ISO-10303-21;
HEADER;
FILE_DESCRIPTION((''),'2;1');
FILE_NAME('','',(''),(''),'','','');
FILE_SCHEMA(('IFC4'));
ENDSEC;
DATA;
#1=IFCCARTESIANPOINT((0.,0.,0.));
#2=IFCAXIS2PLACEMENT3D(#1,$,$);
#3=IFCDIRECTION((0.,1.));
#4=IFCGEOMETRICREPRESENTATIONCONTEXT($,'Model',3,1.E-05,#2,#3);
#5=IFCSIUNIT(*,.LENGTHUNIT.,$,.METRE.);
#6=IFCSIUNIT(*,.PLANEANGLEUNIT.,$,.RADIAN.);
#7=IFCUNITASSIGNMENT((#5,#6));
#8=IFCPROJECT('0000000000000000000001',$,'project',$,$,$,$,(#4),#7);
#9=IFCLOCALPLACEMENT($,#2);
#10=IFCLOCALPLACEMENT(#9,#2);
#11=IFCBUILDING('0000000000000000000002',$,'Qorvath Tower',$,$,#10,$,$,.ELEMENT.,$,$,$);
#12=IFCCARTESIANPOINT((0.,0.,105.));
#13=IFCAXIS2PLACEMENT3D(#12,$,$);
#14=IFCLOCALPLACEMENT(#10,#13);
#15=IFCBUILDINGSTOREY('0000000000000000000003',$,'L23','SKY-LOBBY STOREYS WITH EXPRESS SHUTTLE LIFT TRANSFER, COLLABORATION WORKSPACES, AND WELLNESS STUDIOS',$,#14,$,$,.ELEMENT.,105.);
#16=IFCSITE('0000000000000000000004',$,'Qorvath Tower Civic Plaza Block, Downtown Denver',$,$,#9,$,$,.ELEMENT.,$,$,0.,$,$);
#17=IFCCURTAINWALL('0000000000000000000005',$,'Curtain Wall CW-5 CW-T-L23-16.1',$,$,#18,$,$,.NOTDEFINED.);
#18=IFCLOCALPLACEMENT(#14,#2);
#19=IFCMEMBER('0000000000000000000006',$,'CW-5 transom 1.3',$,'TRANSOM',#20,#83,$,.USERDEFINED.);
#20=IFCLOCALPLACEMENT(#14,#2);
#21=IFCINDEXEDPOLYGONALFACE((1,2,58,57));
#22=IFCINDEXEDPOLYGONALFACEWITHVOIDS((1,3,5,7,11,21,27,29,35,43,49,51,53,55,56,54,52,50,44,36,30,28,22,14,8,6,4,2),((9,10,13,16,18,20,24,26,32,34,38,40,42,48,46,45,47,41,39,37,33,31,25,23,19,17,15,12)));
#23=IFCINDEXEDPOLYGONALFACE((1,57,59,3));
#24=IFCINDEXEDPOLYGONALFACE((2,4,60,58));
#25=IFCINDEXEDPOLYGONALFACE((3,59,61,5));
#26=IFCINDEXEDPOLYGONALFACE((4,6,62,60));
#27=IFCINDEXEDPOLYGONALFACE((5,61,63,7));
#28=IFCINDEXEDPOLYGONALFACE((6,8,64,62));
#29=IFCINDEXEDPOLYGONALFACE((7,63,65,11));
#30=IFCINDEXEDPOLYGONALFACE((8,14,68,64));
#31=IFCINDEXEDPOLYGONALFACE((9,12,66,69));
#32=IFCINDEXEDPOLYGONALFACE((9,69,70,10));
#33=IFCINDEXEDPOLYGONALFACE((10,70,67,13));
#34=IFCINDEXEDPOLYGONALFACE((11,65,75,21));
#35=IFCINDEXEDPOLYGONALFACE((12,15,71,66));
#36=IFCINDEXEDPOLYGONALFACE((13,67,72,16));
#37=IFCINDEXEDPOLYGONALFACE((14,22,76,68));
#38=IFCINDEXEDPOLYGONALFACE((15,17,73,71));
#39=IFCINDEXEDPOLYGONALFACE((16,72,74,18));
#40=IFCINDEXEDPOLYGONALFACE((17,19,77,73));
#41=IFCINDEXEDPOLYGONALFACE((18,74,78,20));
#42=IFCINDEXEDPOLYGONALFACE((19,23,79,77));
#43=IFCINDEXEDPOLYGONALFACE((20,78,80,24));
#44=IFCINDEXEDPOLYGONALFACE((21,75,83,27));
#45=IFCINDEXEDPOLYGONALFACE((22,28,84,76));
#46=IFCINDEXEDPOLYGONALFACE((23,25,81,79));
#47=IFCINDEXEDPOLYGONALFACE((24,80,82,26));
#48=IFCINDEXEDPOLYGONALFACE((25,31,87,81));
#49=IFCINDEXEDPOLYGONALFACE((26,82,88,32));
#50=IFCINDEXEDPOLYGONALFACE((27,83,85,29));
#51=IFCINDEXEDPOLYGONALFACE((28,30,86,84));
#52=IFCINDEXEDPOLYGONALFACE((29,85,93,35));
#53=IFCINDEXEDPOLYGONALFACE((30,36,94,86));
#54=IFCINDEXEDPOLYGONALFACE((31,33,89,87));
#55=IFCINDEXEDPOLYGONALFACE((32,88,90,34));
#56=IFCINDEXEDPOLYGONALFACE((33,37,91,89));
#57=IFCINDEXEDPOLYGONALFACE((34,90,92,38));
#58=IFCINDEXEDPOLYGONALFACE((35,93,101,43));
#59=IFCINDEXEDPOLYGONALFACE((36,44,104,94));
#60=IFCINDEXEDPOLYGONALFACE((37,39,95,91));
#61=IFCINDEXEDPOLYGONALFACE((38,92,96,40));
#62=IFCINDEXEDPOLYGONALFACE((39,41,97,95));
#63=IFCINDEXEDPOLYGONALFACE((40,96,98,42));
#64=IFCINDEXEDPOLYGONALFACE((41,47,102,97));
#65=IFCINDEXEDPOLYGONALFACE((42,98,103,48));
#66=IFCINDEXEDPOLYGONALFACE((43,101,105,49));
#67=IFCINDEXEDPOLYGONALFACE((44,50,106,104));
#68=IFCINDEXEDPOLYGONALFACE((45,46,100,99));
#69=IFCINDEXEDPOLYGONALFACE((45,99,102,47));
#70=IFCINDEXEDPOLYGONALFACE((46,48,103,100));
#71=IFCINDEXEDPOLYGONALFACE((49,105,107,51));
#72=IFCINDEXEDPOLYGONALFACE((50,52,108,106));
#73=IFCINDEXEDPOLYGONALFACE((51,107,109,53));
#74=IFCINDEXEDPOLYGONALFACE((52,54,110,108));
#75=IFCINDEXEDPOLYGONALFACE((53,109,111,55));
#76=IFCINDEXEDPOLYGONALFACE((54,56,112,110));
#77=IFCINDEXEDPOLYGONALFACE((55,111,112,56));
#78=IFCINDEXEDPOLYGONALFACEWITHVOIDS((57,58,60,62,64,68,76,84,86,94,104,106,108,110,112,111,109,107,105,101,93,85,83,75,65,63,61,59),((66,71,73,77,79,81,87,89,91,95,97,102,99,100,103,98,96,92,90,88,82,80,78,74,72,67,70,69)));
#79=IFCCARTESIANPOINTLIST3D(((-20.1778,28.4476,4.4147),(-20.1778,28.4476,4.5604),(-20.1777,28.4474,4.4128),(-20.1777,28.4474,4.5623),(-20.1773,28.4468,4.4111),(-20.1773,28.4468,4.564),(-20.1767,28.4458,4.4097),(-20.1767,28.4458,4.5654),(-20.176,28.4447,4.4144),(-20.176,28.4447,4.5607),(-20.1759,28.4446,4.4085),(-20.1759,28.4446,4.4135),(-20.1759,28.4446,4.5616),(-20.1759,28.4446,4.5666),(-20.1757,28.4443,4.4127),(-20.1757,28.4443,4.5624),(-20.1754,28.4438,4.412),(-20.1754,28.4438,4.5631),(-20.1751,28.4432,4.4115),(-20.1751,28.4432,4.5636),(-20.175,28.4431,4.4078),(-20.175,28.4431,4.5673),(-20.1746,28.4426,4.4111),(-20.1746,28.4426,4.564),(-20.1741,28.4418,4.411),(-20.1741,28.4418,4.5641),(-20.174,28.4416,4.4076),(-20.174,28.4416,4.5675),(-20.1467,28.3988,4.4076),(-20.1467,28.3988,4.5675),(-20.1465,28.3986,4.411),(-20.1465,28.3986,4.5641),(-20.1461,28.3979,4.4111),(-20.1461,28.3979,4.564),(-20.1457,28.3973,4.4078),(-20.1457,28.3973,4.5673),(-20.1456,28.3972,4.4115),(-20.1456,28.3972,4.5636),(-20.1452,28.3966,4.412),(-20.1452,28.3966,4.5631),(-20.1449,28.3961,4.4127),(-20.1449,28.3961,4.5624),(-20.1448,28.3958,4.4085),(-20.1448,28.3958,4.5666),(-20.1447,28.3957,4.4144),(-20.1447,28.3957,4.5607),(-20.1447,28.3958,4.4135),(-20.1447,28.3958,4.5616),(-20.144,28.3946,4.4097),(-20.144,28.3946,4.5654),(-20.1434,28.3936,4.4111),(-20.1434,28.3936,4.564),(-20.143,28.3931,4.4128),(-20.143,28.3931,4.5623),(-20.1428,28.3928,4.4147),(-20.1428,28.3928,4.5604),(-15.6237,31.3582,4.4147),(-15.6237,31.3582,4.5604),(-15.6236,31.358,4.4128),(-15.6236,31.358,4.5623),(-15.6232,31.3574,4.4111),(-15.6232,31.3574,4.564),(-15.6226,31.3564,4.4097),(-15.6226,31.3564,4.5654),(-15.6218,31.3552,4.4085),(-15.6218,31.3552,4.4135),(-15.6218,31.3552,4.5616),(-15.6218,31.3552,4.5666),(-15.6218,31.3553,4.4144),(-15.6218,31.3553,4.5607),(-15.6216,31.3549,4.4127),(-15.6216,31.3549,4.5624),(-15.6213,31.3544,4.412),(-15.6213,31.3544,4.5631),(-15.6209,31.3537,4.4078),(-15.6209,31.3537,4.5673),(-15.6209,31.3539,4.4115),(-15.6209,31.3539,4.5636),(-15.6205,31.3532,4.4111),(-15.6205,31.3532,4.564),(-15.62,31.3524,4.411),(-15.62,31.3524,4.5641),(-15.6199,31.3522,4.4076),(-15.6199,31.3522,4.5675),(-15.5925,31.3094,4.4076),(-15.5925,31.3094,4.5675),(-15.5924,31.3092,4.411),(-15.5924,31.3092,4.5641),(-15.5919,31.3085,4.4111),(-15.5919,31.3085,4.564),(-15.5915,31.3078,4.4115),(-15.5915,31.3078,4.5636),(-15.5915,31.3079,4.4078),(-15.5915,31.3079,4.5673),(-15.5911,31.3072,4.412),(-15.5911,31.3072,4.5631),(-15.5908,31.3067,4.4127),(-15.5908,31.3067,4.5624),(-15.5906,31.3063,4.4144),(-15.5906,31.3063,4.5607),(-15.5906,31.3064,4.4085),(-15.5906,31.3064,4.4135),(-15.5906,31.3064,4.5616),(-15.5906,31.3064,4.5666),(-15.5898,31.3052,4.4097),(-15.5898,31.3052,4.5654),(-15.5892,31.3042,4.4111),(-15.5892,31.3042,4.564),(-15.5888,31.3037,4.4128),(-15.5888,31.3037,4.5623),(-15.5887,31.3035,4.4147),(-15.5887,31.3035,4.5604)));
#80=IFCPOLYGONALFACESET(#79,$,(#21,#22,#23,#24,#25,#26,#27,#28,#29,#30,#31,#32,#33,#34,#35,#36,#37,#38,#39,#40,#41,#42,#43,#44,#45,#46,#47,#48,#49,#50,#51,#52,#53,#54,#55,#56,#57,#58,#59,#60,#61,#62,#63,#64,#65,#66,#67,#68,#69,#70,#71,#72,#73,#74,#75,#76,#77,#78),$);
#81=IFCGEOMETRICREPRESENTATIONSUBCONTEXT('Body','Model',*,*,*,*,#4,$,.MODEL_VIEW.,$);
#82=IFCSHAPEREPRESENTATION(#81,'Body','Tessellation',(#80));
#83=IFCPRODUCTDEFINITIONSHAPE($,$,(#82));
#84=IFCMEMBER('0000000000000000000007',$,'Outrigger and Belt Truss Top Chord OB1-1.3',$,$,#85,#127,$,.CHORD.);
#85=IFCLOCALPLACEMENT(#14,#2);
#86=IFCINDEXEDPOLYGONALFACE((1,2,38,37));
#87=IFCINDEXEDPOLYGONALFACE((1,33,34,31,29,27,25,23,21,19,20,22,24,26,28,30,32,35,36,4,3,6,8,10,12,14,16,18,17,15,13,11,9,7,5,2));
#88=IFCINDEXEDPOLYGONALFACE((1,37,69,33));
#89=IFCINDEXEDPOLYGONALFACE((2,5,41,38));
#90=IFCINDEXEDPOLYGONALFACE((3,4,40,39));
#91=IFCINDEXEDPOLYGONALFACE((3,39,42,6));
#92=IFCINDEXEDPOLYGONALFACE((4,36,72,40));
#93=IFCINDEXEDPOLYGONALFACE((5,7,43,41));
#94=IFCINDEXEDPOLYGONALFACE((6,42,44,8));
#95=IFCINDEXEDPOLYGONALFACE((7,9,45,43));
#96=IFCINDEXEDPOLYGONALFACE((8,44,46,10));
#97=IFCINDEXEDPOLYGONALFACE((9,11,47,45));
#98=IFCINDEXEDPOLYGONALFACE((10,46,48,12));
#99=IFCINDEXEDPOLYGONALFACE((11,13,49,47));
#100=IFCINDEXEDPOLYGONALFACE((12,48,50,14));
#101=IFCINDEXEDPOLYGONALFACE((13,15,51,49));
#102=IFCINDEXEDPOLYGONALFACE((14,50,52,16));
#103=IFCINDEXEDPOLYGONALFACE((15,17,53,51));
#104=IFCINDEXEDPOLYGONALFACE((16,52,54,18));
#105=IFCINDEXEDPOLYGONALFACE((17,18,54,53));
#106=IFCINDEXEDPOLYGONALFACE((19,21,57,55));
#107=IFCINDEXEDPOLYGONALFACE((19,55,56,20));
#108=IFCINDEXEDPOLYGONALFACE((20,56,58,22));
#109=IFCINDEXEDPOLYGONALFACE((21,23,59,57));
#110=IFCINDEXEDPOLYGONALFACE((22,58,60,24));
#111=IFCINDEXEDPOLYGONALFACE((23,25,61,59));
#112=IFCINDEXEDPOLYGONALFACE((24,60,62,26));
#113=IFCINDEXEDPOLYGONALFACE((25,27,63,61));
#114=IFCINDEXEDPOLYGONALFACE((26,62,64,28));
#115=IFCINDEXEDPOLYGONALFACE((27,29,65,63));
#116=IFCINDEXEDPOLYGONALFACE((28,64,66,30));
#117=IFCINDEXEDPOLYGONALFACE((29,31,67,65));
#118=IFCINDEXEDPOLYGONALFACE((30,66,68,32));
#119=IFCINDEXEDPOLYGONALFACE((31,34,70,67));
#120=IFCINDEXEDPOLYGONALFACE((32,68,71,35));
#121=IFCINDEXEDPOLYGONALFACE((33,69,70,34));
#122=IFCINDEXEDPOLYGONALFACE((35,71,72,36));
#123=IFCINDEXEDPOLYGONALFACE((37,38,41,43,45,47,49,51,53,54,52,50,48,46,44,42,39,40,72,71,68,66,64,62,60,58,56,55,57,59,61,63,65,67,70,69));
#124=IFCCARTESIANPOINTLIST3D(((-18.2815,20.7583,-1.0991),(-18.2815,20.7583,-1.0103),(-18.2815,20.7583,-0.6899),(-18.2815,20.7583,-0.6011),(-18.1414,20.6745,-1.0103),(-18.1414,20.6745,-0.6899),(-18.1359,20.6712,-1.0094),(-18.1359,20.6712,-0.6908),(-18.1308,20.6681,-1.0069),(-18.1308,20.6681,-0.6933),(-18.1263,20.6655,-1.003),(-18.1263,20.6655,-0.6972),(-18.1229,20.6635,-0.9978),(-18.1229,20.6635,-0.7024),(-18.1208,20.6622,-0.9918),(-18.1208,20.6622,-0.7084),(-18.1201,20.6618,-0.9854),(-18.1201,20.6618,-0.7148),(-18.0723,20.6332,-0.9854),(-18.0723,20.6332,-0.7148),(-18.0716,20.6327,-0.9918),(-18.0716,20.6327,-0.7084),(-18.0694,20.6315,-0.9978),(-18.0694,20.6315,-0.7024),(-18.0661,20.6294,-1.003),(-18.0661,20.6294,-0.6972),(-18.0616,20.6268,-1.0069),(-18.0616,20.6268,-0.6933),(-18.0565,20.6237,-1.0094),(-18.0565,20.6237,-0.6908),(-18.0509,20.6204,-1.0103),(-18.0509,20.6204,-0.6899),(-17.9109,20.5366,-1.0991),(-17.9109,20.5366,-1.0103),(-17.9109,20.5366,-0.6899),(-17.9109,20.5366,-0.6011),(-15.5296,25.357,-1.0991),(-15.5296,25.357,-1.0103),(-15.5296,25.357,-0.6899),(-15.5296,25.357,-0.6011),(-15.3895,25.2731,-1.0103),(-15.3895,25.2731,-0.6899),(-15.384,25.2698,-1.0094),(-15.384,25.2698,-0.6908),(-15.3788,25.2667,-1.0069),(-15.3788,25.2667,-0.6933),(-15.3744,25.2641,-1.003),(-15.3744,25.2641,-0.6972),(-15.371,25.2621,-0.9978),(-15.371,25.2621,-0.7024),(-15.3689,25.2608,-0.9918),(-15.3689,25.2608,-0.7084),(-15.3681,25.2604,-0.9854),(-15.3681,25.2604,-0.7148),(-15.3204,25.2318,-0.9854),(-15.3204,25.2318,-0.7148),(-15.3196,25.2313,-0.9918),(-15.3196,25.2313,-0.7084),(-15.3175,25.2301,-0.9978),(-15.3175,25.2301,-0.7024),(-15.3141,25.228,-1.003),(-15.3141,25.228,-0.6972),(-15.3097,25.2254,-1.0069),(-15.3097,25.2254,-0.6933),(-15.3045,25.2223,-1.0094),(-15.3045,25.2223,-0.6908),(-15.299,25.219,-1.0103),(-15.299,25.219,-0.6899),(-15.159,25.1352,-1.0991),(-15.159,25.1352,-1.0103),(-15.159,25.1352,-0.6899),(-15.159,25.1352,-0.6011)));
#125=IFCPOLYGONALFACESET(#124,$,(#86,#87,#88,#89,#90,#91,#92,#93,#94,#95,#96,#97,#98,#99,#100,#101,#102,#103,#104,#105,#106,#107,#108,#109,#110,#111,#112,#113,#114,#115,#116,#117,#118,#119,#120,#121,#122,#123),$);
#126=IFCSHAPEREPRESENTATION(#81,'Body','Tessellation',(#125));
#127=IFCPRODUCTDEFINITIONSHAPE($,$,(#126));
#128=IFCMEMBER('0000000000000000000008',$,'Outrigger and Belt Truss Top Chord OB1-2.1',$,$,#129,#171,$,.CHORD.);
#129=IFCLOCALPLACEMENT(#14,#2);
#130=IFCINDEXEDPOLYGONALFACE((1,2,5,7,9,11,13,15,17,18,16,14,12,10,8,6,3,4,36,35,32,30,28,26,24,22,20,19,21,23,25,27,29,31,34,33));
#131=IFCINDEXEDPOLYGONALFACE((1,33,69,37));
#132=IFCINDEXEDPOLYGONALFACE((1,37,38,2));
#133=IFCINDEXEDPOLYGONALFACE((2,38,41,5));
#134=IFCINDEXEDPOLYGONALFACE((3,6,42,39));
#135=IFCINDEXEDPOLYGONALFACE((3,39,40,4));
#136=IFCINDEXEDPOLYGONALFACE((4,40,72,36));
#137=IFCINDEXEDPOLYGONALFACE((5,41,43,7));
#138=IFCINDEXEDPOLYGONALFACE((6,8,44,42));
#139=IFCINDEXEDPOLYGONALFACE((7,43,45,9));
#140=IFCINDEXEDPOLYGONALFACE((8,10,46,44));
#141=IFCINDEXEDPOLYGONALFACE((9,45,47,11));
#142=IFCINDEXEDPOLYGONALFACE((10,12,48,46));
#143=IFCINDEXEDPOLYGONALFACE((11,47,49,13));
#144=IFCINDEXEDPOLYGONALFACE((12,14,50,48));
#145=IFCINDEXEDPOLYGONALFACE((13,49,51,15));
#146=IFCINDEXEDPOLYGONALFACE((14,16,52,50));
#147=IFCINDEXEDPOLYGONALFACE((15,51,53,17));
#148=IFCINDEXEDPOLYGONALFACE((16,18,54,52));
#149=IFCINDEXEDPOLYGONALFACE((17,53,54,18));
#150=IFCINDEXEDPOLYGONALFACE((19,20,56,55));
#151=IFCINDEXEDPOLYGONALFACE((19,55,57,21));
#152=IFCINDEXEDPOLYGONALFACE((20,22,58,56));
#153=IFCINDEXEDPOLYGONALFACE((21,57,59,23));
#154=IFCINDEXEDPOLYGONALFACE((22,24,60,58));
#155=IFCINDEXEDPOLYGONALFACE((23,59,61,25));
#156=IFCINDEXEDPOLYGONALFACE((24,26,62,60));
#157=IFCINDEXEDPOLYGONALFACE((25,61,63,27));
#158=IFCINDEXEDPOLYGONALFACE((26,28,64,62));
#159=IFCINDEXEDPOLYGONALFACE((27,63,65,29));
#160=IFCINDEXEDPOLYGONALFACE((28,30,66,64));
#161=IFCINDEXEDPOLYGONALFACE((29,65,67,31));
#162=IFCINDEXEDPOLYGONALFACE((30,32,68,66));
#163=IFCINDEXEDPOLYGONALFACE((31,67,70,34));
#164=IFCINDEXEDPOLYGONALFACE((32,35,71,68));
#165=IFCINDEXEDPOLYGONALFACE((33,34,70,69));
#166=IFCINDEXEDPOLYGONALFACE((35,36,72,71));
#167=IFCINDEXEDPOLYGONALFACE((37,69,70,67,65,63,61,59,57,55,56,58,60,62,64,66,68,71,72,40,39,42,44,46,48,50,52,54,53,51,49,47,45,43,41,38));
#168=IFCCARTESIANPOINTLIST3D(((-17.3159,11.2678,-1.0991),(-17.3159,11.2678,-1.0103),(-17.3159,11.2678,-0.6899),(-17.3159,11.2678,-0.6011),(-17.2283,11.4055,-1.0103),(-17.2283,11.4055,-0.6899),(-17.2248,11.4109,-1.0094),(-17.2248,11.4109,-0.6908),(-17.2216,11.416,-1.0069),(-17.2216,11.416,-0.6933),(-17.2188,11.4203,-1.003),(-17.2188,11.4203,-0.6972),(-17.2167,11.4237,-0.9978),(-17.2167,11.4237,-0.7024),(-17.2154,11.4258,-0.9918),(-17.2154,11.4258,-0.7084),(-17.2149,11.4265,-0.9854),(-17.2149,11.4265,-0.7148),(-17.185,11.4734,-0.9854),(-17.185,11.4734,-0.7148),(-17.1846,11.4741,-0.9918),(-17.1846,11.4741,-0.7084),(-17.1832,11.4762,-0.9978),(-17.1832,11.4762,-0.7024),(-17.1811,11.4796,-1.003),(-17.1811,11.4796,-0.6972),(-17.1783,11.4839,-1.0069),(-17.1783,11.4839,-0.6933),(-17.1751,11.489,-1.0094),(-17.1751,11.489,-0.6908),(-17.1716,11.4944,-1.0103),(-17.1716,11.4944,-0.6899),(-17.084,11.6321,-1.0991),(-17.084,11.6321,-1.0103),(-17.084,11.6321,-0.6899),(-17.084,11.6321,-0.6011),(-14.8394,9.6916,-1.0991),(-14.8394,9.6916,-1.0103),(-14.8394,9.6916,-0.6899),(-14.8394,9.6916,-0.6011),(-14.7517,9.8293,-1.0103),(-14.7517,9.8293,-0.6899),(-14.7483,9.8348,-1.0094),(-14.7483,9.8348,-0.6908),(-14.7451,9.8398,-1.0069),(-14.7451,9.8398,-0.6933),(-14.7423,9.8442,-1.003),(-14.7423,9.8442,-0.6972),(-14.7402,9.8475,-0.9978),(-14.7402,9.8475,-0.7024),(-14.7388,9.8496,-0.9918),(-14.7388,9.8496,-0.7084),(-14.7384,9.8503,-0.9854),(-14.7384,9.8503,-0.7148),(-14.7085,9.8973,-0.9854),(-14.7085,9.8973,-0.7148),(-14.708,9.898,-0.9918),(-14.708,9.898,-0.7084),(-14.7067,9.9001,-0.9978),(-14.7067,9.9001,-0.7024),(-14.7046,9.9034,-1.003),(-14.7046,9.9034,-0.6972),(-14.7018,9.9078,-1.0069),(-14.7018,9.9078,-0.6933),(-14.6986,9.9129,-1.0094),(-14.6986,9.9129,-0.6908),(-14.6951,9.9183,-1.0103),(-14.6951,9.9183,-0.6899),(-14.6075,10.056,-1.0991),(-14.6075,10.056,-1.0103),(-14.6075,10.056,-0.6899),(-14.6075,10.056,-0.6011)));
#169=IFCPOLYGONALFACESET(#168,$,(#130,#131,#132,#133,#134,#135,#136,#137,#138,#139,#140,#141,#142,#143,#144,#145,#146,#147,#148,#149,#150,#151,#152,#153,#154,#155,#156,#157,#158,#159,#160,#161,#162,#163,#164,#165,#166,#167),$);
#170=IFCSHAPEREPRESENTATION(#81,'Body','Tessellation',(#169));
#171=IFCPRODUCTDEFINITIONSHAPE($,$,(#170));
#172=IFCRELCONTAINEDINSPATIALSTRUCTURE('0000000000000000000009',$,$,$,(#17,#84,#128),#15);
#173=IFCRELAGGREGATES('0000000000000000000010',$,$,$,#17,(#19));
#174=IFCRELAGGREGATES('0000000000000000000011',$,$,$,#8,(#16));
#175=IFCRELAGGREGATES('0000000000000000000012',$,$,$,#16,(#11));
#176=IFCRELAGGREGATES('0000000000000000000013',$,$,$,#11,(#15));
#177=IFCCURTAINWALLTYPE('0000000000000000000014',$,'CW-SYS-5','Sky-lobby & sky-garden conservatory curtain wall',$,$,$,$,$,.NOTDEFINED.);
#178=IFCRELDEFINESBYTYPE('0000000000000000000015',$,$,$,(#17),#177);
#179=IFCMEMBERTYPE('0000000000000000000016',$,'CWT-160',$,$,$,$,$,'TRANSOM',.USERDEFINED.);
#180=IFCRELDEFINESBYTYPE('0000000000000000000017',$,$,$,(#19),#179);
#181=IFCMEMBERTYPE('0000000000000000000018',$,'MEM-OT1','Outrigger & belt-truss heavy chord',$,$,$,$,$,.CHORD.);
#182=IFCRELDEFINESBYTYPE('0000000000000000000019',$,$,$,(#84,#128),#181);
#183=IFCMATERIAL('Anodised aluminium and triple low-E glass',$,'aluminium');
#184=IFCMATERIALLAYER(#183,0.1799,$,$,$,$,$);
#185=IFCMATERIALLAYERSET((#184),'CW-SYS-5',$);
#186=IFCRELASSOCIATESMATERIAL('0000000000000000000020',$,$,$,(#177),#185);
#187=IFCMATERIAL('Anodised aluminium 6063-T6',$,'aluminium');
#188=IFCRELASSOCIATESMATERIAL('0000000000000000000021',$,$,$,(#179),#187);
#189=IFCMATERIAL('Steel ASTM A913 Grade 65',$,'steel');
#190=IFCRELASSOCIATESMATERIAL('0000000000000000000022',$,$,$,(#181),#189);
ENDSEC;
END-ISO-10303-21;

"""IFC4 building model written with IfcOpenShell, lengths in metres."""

from ifc_helpers import new_model, si_unit, direction, frame, origin, origin_2d, place, context, subcontext, project, spatial, hollow_rectangle, i_section, extrude, material, layer, layer_set, material_profile, profile_set, type_object, element, aggregate, save


model = new_model("IFC4")

# Units and contexts
model_context = context("Model", 3, precision=1e-05, world=origin(), true_north=direction((0.0, 1.0)))
body_context = subcontext(model_context, "Body", "Model", "MODEL_VIEW")
ifc_project = project(units=[si_unit("LENGTHUNIT", "METRE"), si_unit("PLANEANGLEUNIT", "RADIAN")], contexts=[model_context])

# Site, building, storey
site_placement = place(None, origin())
site = spatial("IfcSite", under=ifc_project, at=site_placement, Name="Qorvath Tower Civic Plaza Block, Downtown Denver", CompositionType="ELEMENT", RefElevation=0.0)
building_placement = place(site_placement, origin())
building = spatial("IfcBuilding", under=site, at=building_placement, Name="Qorvath Tower", CompositionType="ELEMENT")
storey_placement = place(building_placement, frame((0.0, 0.0, 105.0)))
storey = spatial("IfcBuildingStorey", under=building, at=storey_placement, Name="L23", Description="SKY-LOBBY STOREYS WITH EXPRESS SHUTTLE LIFT TRANSFER, COLLABORATION WORKSPACES, AND WELLNESS STUDIOS", CompositionType="ELEMENT", Elevation=105.0)

# Shared definitions
ifc_material_1 = material(Name="Anodised aluminium and triple low-E glass", Category="aluminium")
ifc_layer_1 = layer(ifc_material_1, 0.1799)
ifc_layer_set_1 = layer_set([ifc_layer_1], Name="CW-SYS-5")
curtain_wall_type = type_object("IfcCurtainWallType", Name="CW-SYS-5", Description="Sky-lobby & sky-garden conservatory curtain wall", PredefinedType="NOTDEFINED", material=ifc_layer_set_1)

# Curtain wall
curtain_wall_1_placement = place(storey_placement, origin())
curtain_wall_1 = element("IfcCurtainWall", 1, at=curtain_wall_1_placement, inside=storey, type_object=curtain_wall_type, Name="Curtain Wall CW-5 CW-T-L23-16.1", PredefinedType="NOTDEFINED")

# Member
ifc_material_2 = material(Name="Anodised aluminium 6063-T6", Category="aluminium")
ifc_material_profile_1 = material_profile(ifc_material_2, hollow_rectangle(XDim=0.0649, YDim=0.1599, WallThickness=0.0034, InnerFilletRadius=0.0034, OuterFilletRadius=0.0071, at=origin_2d()), Name="CWT 160x65")
ifc_profile_set_1 = profile_set([ifc_material_profile_1], Name="Anodised aluminium 6063-T6")
member_type_1 = type_object("IfcMemberType", Name="CWT-160", ElementType="TRANSOM", PredefinedType="USERDEFINED", material=ifc_profile_set_1)
member_1_placement = place(storey_placement, frame((-15.6062, 31.3308, 4.4875), z_axis=(-0.842611, -0.538523, 0.0), x_axis=(0.538523, -0.842611, 0.0)))
member_1 = element("IfcMember", 2, at=member_1_placement, type_object=member_type_1, Name="CW-5 transom 1.3", ObjectType="TRANSOM", PredefinedType="USERDEFINED", context=body_context, shape_type="SweptSolid", body=[
    extrude(hollow_rectangle(XDim=0.0649, YDim=0.1599, WallThickness=0.0034, InnerFilletRadius=0.0034, OuterFilletRadius=0.0071, at=origin_2d()), origin(), (0.0, 0.0, 1.0), 5.4048),
])

# Members
ifc_material_3 = material(Name="Steel ASTM A913 Grade 65", Category="steel")
ifc_material_profile_2 = material_profile(ifc_material_3, i_section(OverallWidth=0.4319, OverallDepth=0.498, WebThickness=0.0557, FlangeThickness=0.0889, FilletRadius=0.0249, at=origin_2d()), Name="W14x500")
ifc_profile_set_2 = profile_set([ifc_material_profile_2], Name="Steel ASTM A913 Grade 65")
member_type_2 = type_object("IfcMemberType", Name="MEM-OT1", Description="Outrigger & belt-truss heavy chord", PredefinedType="CHORD", material=ifc_profile_set_2)
member_2_placement = place(storey_placement, frame((-18.0962, 20.6475, -0.8501), z_axis=(0.513504, 0.858087, 0.0), x_axis=(-0.858087, 0.513504, 0.0)))
element("IfcMember", 3, at=member_2_placement, inside=storey, type_object=member_type_2, Name="Outrigger and Belt Truss Top Chord OB1-1.3", PredefinedType="CHORD", context=body_context, shape_type="SweptSolid", body=[
    extrude(i_section(OverallWidth=0.4319, OverallDepth=0.498, WebThickness=0.0557, FlangeThickness=0.0889, FilletRadius=0.0249, at=origin_2d()), origin(), (0.0, 0.0, 1.0), 5.3591),
])
for number, where, z_axis, x_axis, name in (
    (4, (-17.2, 11.45, -0.8501), (0.843634, -0.536919, 0.0), (0.536919, 0.843634, 0.0), "Outrigger and Belt Truss Top Chord OB1-2.1"),
):
    element("IfcMember", number, at=place(storey_placement, frame(where, z_axis=z_axis, x_axis=x_axis)), inside=storey, type_object=member_type_2, Name=name, PredefinedType="CHORD", context=body_context, shape_type="SweptSolid", body=[
        extrude(i_section(OverallWidth=0.4319, OverallDepth=0.498, WebThickness=0.0557, FlangeThickness=0.0889, FilletRadius=0.0249, at=origin_2d()), origin(), (0.0, 0.0, 1.0), 2.9355),
    ])

aggregate(curtain_wall_1, [member_1])

save(model, "model.ifc")
